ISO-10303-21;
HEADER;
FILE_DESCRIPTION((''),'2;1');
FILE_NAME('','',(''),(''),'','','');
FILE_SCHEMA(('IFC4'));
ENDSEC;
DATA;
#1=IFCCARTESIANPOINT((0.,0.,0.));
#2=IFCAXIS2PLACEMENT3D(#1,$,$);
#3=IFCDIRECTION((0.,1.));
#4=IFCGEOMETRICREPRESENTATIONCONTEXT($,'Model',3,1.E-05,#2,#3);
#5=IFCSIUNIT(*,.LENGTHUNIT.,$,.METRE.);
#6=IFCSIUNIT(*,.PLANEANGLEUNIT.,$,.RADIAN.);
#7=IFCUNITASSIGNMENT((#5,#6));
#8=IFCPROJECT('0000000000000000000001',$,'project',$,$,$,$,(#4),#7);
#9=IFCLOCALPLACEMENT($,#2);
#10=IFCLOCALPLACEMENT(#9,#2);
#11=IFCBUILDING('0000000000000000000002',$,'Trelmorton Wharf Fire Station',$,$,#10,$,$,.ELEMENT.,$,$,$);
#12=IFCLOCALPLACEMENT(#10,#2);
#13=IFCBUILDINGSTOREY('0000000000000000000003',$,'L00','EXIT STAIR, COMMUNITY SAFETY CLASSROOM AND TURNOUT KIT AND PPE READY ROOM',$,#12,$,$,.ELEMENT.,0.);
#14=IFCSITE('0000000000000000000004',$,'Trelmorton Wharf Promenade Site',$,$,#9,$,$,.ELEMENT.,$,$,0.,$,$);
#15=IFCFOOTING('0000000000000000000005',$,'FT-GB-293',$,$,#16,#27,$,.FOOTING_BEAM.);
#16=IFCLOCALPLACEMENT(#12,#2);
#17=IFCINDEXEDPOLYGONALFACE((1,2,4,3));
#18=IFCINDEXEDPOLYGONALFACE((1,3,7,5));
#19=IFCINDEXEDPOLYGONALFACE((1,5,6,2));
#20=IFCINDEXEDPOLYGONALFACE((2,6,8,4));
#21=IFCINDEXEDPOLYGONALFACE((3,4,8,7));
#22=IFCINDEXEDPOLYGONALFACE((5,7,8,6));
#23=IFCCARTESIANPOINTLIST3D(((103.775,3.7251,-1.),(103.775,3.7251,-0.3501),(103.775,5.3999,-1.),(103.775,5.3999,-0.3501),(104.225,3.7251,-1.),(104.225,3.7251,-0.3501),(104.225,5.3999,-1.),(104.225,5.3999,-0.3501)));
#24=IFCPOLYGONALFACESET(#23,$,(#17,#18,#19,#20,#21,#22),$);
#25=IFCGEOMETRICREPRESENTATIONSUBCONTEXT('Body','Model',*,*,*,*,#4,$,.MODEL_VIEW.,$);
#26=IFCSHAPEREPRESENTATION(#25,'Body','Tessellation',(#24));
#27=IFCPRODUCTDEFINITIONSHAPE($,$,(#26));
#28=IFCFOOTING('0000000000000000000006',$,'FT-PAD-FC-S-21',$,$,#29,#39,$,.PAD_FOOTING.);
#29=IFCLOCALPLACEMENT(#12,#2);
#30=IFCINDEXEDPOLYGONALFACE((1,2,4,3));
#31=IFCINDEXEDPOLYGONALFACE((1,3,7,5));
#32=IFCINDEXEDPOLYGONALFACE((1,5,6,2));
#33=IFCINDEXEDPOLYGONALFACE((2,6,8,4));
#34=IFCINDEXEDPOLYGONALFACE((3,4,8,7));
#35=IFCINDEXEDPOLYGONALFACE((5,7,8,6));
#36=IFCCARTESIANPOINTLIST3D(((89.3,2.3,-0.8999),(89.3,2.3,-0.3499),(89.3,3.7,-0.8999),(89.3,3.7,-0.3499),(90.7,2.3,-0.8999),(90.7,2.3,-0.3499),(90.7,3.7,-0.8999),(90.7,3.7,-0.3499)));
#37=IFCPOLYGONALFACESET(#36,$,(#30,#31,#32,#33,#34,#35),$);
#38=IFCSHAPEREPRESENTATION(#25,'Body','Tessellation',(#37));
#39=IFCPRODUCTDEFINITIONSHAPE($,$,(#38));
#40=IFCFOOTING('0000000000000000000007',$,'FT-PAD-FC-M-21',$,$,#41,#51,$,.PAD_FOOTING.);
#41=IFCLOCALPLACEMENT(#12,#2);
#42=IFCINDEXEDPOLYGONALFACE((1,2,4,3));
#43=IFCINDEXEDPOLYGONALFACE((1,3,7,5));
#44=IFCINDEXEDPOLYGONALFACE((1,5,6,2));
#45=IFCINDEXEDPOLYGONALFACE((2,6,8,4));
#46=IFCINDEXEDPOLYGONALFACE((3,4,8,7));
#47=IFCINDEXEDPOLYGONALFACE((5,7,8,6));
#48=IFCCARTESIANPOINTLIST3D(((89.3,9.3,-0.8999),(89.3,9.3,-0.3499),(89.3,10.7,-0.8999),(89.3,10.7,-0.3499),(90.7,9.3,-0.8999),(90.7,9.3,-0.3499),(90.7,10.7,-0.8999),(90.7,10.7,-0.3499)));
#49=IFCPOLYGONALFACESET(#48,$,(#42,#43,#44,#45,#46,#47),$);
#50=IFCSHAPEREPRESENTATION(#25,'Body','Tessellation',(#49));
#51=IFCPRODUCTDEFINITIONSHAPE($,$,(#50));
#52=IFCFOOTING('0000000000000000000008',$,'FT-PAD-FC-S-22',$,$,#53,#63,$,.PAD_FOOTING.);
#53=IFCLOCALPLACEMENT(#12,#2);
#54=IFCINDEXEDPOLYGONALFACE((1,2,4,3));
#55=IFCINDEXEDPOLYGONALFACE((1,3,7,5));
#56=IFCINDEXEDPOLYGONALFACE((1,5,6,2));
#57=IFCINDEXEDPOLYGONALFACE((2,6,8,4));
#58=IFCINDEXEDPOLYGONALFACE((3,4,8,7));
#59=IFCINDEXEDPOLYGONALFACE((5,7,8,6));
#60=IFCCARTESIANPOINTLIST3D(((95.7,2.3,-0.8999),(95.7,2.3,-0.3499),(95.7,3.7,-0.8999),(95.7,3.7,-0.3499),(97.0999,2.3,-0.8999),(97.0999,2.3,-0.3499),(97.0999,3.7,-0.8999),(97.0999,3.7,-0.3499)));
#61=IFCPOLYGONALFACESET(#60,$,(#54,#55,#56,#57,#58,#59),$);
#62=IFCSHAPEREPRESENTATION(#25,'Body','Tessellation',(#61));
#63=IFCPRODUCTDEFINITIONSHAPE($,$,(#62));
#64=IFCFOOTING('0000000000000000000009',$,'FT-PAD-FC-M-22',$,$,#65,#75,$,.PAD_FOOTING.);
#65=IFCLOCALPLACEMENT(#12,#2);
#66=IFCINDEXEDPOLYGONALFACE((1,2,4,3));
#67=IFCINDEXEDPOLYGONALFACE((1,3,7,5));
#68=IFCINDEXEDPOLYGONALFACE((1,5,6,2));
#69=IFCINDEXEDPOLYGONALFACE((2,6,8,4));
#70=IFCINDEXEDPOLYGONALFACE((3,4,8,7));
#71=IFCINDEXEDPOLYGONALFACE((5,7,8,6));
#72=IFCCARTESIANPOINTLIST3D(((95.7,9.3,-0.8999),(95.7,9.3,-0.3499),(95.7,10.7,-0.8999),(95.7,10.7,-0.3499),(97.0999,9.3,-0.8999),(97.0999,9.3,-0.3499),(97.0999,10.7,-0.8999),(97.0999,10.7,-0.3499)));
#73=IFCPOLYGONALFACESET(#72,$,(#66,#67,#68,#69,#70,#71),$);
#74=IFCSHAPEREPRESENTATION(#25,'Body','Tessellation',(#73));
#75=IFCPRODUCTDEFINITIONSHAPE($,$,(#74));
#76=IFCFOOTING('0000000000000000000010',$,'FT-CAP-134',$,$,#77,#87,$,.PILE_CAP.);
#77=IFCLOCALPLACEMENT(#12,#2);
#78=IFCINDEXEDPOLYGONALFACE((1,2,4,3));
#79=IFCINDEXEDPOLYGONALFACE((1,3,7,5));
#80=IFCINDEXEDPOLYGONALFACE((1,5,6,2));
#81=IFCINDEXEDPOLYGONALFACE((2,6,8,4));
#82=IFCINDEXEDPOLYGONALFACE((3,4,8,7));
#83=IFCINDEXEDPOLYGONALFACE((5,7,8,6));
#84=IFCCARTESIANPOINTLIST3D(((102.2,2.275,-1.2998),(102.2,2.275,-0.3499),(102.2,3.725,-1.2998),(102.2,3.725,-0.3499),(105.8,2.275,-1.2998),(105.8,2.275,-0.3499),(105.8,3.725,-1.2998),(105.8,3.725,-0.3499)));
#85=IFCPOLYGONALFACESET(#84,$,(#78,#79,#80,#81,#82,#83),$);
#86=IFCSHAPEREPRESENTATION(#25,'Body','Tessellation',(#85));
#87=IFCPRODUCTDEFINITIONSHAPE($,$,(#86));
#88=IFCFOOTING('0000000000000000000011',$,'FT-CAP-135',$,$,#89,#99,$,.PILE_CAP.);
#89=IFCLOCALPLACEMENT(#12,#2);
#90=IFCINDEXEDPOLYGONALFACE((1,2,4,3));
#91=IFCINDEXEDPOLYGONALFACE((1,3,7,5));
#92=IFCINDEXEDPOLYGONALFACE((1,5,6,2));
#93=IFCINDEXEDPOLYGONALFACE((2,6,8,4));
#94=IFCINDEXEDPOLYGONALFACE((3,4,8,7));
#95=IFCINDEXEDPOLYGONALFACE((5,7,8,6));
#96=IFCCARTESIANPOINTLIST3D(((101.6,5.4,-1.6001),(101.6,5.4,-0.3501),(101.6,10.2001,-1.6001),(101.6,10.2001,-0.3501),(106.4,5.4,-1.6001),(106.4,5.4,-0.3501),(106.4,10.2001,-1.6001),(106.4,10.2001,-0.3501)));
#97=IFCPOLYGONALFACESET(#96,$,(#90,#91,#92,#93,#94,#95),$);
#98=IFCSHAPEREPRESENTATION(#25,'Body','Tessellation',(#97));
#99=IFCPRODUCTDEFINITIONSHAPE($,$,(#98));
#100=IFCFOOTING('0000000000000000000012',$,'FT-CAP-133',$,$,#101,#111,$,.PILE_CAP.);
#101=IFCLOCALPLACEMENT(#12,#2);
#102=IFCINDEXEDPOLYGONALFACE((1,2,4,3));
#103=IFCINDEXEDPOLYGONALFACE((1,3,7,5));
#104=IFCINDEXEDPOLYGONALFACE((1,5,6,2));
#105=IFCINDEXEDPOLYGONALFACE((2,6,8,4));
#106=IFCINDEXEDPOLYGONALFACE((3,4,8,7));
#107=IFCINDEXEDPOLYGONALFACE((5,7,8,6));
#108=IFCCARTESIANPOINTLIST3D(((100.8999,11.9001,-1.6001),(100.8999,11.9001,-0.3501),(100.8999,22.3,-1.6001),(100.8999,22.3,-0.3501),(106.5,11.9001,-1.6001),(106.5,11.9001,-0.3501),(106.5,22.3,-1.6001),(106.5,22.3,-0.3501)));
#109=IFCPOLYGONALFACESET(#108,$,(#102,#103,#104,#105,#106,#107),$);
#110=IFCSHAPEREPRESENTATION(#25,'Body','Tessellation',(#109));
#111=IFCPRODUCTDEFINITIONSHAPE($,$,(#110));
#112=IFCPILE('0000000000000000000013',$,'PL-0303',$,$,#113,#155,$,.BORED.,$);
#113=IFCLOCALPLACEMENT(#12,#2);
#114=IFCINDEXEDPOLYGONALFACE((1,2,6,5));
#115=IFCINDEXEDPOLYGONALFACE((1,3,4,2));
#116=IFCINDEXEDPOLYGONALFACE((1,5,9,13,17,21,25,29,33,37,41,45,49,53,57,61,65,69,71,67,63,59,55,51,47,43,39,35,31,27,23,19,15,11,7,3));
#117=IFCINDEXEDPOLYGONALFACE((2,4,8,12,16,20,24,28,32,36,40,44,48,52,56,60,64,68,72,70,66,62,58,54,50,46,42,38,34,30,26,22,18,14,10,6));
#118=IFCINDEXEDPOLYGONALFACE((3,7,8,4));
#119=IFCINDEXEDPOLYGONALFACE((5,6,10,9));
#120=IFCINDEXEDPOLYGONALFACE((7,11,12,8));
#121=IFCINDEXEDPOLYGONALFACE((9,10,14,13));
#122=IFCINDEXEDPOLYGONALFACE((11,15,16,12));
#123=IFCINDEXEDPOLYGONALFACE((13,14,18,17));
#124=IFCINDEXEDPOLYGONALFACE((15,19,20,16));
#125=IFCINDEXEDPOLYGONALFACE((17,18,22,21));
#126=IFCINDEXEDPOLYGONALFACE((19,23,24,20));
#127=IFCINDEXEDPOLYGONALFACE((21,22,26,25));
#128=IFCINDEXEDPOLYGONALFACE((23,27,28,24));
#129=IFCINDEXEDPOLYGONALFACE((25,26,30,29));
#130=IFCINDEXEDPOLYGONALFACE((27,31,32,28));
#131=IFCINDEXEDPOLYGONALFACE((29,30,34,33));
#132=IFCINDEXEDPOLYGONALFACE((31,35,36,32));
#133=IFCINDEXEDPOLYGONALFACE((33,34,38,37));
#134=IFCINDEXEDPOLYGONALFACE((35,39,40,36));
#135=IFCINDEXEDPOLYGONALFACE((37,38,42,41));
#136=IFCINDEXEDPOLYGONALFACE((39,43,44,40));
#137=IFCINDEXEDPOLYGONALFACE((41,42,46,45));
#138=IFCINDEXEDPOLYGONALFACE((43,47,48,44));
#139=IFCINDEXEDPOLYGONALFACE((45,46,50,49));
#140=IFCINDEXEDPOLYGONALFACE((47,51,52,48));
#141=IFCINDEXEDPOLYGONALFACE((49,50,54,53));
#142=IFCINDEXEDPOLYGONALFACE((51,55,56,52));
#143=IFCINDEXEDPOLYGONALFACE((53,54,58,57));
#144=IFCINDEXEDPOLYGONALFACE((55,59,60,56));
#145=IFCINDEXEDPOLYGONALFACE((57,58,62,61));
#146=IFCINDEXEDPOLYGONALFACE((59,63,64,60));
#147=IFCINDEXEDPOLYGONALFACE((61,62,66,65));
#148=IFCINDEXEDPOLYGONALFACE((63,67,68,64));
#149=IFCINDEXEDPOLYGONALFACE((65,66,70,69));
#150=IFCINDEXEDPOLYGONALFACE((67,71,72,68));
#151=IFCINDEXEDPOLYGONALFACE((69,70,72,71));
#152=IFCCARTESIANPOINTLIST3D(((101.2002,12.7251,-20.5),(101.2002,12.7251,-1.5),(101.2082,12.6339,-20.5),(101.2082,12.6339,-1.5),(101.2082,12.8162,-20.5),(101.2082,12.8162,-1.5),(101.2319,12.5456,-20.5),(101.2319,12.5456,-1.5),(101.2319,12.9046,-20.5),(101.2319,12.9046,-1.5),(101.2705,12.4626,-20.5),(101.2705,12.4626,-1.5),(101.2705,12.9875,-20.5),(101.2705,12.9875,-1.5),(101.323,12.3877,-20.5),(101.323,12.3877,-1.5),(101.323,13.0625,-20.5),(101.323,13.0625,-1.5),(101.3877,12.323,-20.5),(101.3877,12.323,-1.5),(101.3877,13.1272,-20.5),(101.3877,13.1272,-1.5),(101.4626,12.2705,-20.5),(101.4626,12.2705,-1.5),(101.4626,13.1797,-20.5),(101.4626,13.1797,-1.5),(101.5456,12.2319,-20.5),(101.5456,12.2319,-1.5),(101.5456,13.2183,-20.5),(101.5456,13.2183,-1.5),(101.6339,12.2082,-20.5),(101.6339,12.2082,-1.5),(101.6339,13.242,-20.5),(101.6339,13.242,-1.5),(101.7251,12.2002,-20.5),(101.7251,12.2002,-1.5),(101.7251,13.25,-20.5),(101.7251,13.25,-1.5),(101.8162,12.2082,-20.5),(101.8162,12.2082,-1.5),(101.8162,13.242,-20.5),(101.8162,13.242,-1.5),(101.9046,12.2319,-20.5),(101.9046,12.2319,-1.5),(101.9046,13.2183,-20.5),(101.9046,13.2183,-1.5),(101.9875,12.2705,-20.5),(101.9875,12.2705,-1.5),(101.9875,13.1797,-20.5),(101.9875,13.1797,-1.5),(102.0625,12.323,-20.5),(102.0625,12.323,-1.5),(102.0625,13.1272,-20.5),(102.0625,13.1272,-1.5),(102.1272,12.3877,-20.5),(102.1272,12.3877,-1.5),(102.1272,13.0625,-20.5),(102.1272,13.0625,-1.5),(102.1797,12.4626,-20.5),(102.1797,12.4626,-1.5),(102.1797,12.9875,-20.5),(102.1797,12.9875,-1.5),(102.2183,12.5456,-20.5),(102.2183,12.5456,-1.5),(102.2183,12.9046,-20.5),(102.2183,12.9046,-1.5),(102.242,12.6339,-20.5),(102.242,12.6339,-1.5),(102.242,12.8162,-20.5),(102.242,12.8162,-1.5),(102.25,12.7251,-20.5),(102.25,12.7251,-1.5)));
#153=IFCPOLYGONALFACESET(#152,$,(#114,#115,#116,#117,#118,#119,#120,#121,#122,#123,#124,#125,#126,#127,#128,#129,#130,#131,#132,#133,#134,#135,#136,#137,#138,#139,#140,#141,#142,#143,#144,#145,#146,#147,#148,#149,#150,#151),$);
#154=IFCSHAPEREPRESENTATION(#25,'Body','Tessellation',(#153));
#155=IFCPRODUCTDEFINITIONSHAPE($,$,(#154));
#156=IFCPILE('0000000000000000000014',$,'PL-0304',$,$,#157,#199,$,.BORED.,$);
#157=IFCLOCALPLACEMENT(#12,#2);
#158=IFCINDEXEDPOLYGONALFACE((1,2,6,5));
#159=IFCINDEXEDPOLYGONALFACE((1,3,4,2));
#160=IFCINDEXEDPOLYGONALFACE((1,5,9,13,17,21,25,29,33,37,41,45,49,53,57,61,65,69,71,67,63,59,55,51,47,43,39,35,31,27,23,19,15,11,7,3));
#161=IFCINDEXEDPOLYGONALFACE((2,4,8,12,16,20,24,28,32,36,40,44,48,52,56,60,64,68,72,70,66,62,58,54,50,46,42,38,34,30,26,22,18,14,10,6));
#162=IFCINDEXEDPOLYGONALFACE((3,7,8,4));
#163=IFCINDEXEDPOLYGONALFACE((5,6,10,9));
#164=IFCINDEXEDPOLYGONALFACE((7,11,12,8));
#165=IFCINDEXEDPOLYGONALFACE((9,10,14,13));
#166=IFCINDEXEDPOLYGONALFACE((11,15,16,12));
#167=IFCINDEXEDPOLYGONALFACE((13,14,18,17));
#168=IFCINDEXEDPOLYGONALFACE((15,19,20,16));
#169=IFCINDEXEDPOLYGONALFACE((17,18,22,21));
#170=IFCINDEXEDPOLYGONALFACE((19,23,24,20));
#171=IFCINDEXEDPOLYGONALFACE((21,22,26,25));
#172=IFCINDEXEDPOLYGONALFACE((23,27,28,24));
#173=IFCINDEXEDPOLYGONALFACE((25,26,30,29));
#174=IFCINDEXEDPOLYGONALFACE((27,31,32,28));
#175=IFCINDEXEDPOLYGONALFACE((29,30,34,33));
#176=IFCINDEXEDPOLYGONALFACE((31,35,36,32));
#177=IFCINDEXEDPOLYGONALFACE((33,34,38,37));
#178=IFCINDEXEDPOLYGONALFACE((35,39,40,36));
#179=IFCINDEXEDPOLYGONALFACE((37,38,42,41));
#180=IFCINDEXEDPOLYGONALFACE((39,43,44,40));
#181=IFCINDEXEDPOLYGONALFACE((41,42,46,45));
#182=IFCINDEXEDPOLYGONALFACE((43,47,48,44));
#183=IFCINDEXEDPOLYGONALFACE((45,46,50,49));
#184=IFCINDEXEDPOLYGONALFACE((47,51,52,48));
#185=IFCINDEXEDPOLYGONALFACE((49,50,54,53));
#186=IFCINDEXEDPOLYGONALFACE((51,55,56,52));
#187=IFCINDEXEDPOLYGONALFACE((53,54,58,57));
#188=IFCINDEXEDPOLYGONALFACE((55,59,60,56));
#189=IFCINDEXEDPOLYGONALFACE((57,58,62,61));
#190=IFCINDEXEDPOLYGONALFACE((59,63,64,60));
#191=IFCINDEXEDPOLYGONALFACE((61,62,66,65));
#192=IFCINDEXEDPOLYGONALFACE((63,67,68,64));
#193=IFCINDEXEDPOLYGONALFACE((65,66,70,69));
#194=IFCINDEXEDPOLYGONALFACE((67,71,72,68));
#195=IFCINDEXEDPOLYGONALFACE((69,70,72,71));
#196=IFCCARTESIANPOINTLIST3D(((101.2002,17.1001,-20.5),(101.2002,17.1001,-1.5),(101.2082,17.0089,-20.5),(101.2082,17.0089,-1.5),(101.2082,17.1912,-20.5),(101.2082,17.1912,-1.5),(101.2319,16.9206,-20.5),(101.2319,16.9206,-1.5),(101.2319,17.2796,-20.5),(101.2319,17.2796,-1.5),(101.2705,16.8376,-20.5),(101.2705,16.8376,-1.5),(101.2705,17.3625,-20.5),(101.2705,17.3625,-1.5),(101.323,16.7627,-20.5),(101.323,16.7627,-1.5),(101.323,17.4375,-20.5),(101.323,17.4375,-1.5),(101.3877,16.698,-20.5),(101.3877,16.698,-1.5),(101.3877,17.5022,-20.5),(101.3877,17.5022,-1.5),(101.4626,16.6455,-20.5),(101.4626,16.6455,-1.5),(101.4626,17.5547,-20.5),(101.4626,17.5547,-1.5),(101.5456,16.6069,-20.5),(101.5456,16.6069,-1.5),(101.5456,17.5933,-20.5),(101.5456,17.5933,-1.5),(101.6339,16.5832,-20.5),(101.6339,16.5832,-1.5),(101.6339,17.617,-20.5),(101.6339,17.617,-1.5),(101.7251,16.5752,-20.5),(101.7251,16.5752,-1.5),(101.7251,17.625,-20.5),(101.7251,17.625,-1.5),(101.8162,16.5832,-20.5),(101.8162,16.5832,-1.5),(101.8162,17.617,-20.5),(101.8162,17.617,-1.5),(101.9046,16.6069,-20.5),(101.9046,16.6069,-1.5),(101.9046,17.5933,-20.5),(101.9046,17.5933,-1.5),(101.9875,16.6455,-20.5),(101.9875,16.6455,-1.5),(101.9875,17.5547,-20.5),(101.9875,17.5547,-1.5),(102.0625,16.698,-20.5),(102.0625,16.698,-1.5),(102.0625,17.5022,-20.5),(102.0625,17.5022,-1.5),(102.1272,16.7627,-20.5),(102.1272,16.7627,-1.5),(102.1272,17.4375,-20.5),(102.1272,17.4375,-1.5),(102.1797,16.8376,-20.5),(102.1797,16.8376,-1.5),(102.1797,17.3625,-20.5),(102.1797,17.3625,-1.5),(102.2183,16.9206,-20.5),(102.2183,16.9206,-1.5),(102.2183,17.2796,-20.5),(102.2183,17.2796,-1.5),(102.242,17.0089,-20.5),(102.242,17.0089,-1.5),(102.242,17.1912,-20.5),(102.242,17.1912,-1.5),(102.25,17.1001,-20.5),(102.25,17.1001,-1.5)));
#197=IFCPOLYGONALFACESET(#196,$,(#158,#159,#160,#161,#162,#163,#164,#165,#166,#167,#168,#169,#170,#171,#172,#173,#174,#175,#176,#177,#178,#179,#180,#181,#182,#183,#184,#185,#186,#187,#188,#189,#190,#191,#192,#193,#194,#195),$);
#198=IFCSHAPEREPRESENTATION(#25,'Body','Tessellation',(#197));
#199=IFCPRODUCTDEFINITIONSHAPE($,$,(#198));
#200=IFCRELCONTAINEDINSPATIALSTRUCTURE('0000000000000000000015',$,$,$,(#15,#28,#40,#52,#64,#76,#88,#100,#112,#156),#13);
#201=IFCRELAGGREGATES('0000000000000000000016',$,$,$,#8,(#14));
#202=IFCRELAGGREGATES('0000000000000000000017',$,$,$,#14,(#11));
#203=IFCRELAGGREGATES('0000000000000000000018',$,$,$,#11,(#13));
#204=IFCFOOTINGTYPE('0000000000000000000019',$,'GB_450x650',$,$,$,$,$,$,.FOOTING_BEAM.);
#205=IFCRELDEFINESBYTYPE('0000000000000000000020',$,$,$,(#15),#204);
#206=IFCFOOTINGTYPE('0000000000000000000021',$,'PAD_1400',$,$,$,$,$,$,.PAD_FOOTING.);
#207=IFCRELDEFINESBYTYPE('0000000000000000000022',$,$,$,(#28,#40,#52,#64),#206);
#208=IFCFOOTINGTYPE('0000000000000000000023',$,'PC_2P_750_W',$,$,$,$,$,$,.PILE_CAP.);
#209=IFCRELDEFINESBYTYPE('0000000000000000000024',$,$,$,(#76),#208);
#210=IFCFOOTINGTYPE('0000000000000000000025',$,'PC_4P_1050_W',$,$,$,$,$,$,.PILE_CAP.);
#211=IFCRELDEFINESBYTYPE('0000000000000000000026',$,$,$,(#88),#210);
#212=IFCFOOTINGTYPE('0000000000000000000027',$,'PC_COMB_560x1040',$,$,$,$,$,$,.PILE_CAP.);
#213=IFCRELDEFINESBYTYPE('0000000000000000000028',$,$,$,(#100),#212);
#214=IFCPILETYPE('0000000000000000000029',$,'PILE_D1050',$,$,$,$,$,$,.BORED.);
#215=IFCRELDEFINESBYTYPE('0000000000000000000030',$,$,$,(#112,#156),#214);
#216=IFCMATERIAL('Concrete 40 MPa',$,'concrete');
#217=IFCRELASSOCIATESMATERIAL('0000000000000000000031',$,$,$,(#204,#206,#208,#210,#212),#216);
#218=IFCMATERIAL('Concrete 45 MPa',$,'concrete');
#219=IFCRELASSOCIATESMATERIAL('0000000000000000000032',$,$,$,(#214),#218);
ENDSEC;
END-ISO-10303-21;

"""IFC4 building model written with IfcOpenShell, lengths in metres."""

from ifc_helpers import new_model, si_unit, direction, frame, origin, origin_2d, place, context, subcontext, project, spatial, rectangle, circle, extrude, material, material_profile, profile_set, type_object, element, save


model = new_model("IFC4")

# Units and contexts
model_context = context("Model", 3, precision=1e-05, world=origin(), true_north=direction((0.0, 1.0)))
body_context = subcontext(model_context, "Body", "Model", "MODEL_VIEW")
ifc_project = project(units=[si_unit("LENGTHUNIT", "METRE"), si_unit("PLANEANGLEUNIT", "RADIAN")], contexts=[model_context])

# Site, building, storey
site_placement = place(None, origin())
site = spatial("IfcSite", under=ifc_project, at=site_placement, Name="Trelmorton Wharf Promenade Site", CompositionType="ELEMENT", RefElevation=0.0)
building_placement = place(site_placement, origin())
building = spatial("IfcBuilding", under=site, at=building_placement, Name="Trelmorton Wharf Fire Station", CompositionType="ELEMENT")
storey_placement = place(building_placement, origin())
storey = spatial("IfcBuildingStorey", under=building, at=storey_placement, Name="L00", Description="EXIT STAIR, COMMUNITY SAFETY CLASSROOM AND TURNOUT KIT AND PPE READY ROOM", CompositionType="ELEMENT", Elevation=0.0)

# Footings
ifc_material_1 = material(Name="Concrete 40 MPa", Category="concrete")
ifc_material_profile_1 = material_profile(ifc_material_1, rectangle(XDim=0.45, YDim=0.6499, at=origin_2d()), Name="RC450x650")
ifc_profile_set_1 = profile_set([ifc_material_profile_1], Name="Concrete 40 MPa")
footing_type_1 = type_object("IfcFootingType", Name="GB_450x650", PredefinedType="FOOTING_BEAM", material=ifc_profile_set_1)
footing_1_placement = place(storey_placement, frame((104.0, 3.7251, -0.675), z_axis=(0.0, 1.0, 0.0), x_axis=(-1.0, 0.0, 0.0)))
element("IfcFooting", 1, at=footing_1_placement, inside=storey, type_object=footing_type_1, Name="FT-GB-293", PredefinedType="FOOTING_BEAM", context=body_context, shape_type="SweptSolid", body=[
    extrude(rectangle(XDim=0.45, YDim=0.6499, at=origin_2d()), origin(), (0.0, 0.0, 1.0), 1.6748),
])
footing_type_2 = type_object("IfcFootingType", Name="PAD_1400", PredefinedType="PAD_FOOTING", material=ifc_material_1)
for number, where, z_axis, x_axis, name in (
    (2, (90.0, 3.0, -0.8999), (0.0, 0.0, 1.0), (1.0, 0.0, 0.0), "FT-PAD-FC-S-21"),
    (3, (90.0, 10.0, -0.8999), (0.0, 0.0, 1.0), (1.0, 0.0, 0.0), "FT-PAD-FC-M-21"),
    (4, (96.3999, 3.0, -0.8999), (0.0, 0.0, 1.0), (1.0, 0.0, 0.0), "FT-PAD-FC-S-22"),
    (5, (96.3999, 10.0, -0.8999), (0.0, 0.0, 1.0), (1.0, 0.0, 0.0), "FT-PAD-FC-M-22"),
):
    element("IfcFooting", number, at=place(storey_placement, frame(where, z_axis=z_axis, x_axis=x_axis)), inside=storey, type_object=footing_type_2, Name=name, PredefinedType="PAD_FOOTING", context=body_context, shape_type="SweptSolid", body=[
        extrude(rectangle(XDim=1.3999, YDim=1.3999, at=origin_2d()), origin(), (0.0, 0.0, 1.0), 0.55),
    ])
footing_type_3 = type_object("IfcFootingType", Name="PC_2P_750_W", PredefinedType="PILE_CAP", material=ifc_material_1)
footing_2_placement = place(storey_placement, frame((104.0, 3.0, -1.2998), z_axis=(0.0, 0.0, 1.0), x_axis=(1.0, 0.0, 0.0)))
element("IfcFooting", 6, at=footing_2_placement, inside=storey, type_object=footing_type_3, Name="FT-CAP-134", PredefinedType="PILE_CAP", context=body_context, shape_type="SweptSolid", body=[
    extrude(rectangle(XDim=3.6001, YDim=1.45, at=origin_2d()), origin(), (0.0, 0.0, 1.0), 0.95),
])
footing_type_4 = type_object("IfcFootingType", Name="PC_4P_1050_W", PredefinedType="PILE_CAP", material=ifc_material_1)
footing_3_placement = place(storey_placement, frame((104.0, 7.8, -1.6001), z_axis=(0.0, 0.0, 1.0), x_axis=(1.0, 0.0, 0.0)))
element("IfcFooting", 7, at=footing_3_placement, inside=storey, type_object=footing_type_4, Name="FT-CAP-135", PredefinedType="PILE_CAP", context=body_context, shape_type="SweptSolid", body=[
    extrude(rectangle(XDim=4.8, YDim=4.8, at=origin_2d()), origin(), (0.0, 0.0, 1.0), 1.25),
])
footing_type_5 = type_object("IfcFootingType", Name="PC_COMB_560x1040", PredefinedType="PILE_CAP", material=ifc_material_1)
footing_4_placement = place(storey_placement, frame((103.7, 17.1001, -1.6001), z_axis=(0.0, 0.0, 1.0), x_axis=(1.0, 0.0, 0.0)))
element("IfcFooting", 8, at=footing_4_placement, inside=storey, type_object=footing_type_5, Name="FT-CAP-133", PredefinedType="PILE_CAP", context=body_context, shape_type="SweptSolid", body=[
    extrude(rectangle(XDim=5.6001, YDim=10.3999, at=origin_2d()), origin(), (0.0, 0.0, 1.0), 1.25),
])

# Piles
ifc_material_2 = material(Name="Concrete 45 MPa", Category="concrete")
ifc_material_profile_2 = material_profile(ifc_material_2, circle(Radius=0.5249, at=origin_2d()), Name="PILE-D1050")
ifc_profile_set_2 = profile_set([ifc_material_profile_2], Name="Concrete 45 MPa")
pile_type_1 = type_object("IfcPileType", Name="PILE_D1050", PredefinedType="BORED", material=ifc_profile_set_2)
for number, where, z_axis, x_axis, name in (
    (9, (101.7251, 12.7251, -1.5), (0.0, 0.0, -1.0), (1.0, 0.0, 0.0), "PL-0303"),
    (10, (101.7251, 17.1001, -1.5), (0.0, 0.0, -1.0), (1.0, 0.0, 0.0), "PL-0304"),
):
    element("IfcPile", number, at=place(storey_placement, frame(where, z_axis=z_axis, x_axis=x_axis)), inside=storey, type_object=pile_type_1, Name=name, PredefinedType="BORED", context=body_context, shape_type="SweptSolid", body=[
        extrude(circle(Radius=0.5249, at=origin_2d()), origin(), (0.0, 0.0, 1.0), 19.0),
    ])

save(model, "model.ifc")
